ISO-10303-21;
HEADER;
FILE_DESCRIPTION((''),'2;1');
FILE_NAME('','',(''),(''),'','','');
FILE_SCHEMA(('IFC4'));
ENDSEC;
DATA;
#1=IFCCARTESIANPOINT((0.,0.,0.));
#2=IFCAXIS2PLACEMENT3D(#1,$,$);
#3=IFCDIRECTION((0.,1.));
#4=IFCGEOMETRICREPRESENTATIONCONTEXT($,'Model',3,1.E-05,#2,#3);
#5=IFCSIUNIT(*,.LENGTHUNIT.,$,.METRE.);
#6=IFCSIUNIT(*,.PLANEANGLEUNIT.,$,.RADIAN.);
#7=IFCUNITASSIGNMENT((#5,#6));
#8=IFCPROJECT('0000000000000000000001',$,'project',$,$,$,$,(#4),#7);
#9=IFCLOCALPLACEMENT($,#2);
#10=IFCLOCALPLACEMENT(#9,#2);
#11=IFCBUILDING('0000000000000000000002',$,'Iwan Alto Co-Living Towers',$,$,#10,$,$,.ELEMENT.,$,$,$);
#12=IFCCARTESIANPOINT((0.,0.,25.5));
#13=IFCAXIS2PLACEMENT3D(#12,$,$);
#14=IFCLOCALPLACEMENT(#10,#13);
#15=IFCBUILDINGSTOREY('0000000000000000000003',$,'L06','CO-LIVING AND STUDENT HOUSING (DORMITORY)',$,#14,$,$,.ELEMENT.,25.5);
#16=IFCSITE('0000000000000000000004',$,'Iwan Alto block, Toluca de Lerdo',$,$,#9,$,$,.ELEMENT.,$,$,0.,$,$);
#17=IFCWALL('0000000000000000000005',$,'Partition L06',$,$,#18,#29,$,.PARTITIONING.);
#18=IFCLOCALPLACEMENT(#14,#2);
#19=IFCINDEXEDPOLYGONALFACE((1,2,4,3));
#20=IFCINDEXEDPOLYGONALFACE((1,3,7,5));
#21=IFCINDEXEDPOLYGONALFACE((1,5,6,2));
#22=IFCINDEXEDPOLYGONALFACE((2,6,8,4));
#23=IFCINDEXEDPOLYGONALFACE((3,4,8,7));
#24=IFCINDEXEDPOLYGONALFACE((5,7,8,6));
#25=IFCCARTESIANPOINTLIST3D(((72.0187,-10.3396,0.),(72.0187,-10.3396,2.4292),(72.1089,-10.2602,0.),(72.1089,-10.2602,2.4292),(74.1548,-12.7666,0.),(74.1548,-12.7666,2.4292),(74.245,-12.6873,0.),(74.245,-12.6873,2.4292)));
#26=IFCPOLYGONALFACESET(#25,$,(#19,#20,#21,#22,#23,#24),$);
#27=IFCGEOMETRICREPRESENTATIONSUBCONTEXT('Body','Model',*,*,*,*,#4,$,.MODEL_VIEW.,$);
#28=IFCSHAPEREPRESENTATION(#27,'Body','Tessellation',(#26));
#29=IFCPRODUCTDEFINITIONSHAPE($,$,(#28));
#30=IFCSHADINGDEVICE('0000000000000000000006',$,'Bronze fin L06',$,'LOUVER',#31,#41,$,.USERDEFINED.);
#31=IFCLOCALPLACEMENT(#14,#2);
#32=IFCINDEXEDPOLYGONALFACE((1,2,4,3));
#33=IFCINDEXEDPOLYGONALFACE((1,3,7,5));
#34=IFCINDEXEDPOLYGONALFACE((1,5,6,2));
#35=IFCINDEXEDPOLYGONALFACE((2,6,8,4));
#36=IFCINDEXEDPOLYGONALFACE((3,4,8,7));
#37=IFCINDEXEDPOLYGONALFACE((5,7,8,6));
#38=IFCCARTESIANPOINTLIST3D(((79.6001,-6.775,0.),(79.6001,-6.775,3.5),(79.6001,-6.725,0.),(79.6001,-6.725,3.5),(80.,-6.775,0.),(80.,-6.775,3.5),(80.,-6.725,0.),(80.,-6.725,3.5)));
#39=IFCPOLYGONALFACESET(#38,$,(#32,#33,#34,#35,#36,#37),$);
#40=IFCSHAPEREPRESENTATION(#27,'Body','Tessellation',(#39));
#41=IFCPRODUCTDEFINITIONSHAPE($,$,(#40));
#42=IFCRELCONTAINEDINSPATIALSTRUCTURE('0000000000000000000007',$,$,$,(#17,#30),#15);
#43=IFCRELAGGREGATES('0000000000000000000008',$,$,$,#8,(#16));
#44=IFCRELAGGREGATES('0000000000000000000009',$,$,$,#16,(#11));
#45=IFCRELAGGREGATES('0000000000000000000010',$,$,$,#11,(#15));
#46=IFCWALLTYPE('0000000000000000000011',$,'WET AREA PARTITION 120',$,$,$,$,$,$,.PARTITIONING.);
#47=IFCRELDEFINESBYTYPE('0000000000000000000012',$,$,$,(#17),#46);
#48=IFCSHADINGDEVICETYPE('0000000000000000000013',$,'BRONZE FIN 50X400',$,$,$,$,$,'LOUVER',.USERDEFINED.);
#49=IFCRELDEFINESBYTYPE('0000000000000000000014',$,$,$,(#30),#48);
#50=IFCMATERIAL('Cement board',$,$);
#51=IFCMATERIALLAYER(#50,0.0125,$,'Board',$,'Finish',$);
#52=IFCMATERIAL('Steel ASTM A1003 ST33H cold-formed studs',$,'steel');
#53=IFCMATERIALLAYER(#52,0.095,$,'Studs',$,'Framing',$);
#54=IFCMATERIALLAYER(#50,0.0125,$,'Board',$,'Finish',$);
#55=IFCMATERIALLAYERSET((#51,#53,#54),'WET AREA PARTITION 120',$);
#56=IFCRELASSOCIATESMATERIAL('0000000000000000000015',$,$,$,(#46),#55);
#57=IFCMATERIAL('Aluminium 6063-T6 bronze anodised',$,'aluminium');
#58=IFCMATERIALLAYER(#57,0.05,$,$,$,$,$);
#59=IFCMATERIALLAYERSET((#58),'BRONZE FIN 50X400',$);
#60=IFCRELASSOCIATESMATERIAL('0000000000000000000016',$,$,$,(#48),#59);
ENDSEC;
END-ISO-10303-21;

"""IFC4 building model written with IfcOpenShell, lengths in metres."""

from ifc_helpers import new_model, si_unit, direction, frame, frame_2d, origin, origin_2d, place, context, subcontext, project, spatial, rectangle, extrude, material, layer, layer_set, type_object, element, save


model = new_model("IFC4")

# Units and contexts
model_context = context("Model", 3, precision=1e-05, world=origin(), true_north=direction((0.0, 1.0)))
body_context = subcontext(model_context, "Body", "Model", "MODEL_VIEW")
ifc_project = project(units=[si_unit("LENGTHUNIT", "METRE"), si_unit("PLANEANGLEUNIT", "RADIAN")], contexts=[model_context])

# Site, building, storey
site_placement = place(None, origin())
site = spatial("IfcSite", under=ifc_project, at=site_placement, Name="Iwan Alto block, Toluca de Lerdo", CompositionType="ELEMENT", RefElevation=0.0)
building_placement = place(site_placement, origin())
building = spatial("IfcBuilding", under=site, at=building_placement, Name="Iwan Alto Co-Living Towers", CompositionType="ELEMENT")
storey_placement = place(building_placement, frame((0.0, 0.0, 25.5)))
storey = spatial("IfcBuildingStorey", under=building, at=storey_placement, Name="L06", Description="CO-LIVING AND STUDENT HOUSING (DORMITORY)", CompositionType="ELEMENT", Elevation=25.5)

# Shared definitions
ifc_material_1 = material(Name="Steel ASTM A1003 ST33H cold-formed studs", Category="steel")
ifc_material_2 = material(Name="Cement board")
ifc_layer_1 = layer(ifc_material_2, 0.0125, Name="Board", Category="Finish")
ifc_layer_2 = layer(ifc_material_1, 0.095, Name="Studs", Category="Framing")
ifc_layer_3 = layer(ifc_material_2, 0.0125, Name="Board", Category="Finish")
ifc_layer_set_1 = layer_set([ifc_layer_1, ifc_layer_2, ifc_layer_3], Name="WET AREA PARTITION 120")
wall_type_1 = type_object("IfcWallType", Name="WET AREA PARTITION 120", PredefinedType="PARTITIONING", material=ifc_layer_set_1)

# Wall
wall_1_placement = place(storey_placement, frame((74.2, -12.7271, 0.0), z_axis=(0.0, 0.0, 1.0), x_axis=(-0.660667, 0.750679, 0.0)))
element("IfcWall", 1, at=wall_1_placement, inside=storey, type_object=wall_type_1, Name="Partition L06", PredefinedType="PARTITIONING", context=body_context, shape_type="SweptSolid", body=[
    extrude(rectangle(XDim=3.2332, YDim=0.1201, at=frame_2d((1.6167, 0.0))), origin(), (0.0, 0.0, 1.0), 2.4292),
])

# Shading device
ifc_material_3 = material(Name="Aluminium 6063-T6 bronze anodised", Category="aluminium")
ifc_layer_4 = layer(ifc_material_3, 0.05)
ifc_layer_set_2 = layer_set([ifc_layer_4], Name="BRONZE FIN 50X400")
shading_device_type = type_object("IfcShadingDeviceType", Name="BRONZE FIN 50X400", ElementType="LOUVER", PredefinedType="USERDEFINED", material=ifc_layer_set_2)
shading_device_placement = place(storey_placement, frame((79.8, -6.75, 0.0), z_axis=(0.0, 0.0, 1.0), x_axis=(0.0, 1.0, 0.0)))
element("IfcShadingDevice", 2, at=shading_device_placement, inside=storey, type_object=shading_device_type, Name="Bronze fin L06", ObjectType="LOUVER", PredefinedType="USERDEFINED", context=body_context, shape_type="SweptSolid", body=[
    extrude(rectangle(XDim=0.05, YDim=0.3999, at=origin_2d()), origin(), (0.0, 0.0, 1.0), 3.5),
])

save(model, "model.ifc")
